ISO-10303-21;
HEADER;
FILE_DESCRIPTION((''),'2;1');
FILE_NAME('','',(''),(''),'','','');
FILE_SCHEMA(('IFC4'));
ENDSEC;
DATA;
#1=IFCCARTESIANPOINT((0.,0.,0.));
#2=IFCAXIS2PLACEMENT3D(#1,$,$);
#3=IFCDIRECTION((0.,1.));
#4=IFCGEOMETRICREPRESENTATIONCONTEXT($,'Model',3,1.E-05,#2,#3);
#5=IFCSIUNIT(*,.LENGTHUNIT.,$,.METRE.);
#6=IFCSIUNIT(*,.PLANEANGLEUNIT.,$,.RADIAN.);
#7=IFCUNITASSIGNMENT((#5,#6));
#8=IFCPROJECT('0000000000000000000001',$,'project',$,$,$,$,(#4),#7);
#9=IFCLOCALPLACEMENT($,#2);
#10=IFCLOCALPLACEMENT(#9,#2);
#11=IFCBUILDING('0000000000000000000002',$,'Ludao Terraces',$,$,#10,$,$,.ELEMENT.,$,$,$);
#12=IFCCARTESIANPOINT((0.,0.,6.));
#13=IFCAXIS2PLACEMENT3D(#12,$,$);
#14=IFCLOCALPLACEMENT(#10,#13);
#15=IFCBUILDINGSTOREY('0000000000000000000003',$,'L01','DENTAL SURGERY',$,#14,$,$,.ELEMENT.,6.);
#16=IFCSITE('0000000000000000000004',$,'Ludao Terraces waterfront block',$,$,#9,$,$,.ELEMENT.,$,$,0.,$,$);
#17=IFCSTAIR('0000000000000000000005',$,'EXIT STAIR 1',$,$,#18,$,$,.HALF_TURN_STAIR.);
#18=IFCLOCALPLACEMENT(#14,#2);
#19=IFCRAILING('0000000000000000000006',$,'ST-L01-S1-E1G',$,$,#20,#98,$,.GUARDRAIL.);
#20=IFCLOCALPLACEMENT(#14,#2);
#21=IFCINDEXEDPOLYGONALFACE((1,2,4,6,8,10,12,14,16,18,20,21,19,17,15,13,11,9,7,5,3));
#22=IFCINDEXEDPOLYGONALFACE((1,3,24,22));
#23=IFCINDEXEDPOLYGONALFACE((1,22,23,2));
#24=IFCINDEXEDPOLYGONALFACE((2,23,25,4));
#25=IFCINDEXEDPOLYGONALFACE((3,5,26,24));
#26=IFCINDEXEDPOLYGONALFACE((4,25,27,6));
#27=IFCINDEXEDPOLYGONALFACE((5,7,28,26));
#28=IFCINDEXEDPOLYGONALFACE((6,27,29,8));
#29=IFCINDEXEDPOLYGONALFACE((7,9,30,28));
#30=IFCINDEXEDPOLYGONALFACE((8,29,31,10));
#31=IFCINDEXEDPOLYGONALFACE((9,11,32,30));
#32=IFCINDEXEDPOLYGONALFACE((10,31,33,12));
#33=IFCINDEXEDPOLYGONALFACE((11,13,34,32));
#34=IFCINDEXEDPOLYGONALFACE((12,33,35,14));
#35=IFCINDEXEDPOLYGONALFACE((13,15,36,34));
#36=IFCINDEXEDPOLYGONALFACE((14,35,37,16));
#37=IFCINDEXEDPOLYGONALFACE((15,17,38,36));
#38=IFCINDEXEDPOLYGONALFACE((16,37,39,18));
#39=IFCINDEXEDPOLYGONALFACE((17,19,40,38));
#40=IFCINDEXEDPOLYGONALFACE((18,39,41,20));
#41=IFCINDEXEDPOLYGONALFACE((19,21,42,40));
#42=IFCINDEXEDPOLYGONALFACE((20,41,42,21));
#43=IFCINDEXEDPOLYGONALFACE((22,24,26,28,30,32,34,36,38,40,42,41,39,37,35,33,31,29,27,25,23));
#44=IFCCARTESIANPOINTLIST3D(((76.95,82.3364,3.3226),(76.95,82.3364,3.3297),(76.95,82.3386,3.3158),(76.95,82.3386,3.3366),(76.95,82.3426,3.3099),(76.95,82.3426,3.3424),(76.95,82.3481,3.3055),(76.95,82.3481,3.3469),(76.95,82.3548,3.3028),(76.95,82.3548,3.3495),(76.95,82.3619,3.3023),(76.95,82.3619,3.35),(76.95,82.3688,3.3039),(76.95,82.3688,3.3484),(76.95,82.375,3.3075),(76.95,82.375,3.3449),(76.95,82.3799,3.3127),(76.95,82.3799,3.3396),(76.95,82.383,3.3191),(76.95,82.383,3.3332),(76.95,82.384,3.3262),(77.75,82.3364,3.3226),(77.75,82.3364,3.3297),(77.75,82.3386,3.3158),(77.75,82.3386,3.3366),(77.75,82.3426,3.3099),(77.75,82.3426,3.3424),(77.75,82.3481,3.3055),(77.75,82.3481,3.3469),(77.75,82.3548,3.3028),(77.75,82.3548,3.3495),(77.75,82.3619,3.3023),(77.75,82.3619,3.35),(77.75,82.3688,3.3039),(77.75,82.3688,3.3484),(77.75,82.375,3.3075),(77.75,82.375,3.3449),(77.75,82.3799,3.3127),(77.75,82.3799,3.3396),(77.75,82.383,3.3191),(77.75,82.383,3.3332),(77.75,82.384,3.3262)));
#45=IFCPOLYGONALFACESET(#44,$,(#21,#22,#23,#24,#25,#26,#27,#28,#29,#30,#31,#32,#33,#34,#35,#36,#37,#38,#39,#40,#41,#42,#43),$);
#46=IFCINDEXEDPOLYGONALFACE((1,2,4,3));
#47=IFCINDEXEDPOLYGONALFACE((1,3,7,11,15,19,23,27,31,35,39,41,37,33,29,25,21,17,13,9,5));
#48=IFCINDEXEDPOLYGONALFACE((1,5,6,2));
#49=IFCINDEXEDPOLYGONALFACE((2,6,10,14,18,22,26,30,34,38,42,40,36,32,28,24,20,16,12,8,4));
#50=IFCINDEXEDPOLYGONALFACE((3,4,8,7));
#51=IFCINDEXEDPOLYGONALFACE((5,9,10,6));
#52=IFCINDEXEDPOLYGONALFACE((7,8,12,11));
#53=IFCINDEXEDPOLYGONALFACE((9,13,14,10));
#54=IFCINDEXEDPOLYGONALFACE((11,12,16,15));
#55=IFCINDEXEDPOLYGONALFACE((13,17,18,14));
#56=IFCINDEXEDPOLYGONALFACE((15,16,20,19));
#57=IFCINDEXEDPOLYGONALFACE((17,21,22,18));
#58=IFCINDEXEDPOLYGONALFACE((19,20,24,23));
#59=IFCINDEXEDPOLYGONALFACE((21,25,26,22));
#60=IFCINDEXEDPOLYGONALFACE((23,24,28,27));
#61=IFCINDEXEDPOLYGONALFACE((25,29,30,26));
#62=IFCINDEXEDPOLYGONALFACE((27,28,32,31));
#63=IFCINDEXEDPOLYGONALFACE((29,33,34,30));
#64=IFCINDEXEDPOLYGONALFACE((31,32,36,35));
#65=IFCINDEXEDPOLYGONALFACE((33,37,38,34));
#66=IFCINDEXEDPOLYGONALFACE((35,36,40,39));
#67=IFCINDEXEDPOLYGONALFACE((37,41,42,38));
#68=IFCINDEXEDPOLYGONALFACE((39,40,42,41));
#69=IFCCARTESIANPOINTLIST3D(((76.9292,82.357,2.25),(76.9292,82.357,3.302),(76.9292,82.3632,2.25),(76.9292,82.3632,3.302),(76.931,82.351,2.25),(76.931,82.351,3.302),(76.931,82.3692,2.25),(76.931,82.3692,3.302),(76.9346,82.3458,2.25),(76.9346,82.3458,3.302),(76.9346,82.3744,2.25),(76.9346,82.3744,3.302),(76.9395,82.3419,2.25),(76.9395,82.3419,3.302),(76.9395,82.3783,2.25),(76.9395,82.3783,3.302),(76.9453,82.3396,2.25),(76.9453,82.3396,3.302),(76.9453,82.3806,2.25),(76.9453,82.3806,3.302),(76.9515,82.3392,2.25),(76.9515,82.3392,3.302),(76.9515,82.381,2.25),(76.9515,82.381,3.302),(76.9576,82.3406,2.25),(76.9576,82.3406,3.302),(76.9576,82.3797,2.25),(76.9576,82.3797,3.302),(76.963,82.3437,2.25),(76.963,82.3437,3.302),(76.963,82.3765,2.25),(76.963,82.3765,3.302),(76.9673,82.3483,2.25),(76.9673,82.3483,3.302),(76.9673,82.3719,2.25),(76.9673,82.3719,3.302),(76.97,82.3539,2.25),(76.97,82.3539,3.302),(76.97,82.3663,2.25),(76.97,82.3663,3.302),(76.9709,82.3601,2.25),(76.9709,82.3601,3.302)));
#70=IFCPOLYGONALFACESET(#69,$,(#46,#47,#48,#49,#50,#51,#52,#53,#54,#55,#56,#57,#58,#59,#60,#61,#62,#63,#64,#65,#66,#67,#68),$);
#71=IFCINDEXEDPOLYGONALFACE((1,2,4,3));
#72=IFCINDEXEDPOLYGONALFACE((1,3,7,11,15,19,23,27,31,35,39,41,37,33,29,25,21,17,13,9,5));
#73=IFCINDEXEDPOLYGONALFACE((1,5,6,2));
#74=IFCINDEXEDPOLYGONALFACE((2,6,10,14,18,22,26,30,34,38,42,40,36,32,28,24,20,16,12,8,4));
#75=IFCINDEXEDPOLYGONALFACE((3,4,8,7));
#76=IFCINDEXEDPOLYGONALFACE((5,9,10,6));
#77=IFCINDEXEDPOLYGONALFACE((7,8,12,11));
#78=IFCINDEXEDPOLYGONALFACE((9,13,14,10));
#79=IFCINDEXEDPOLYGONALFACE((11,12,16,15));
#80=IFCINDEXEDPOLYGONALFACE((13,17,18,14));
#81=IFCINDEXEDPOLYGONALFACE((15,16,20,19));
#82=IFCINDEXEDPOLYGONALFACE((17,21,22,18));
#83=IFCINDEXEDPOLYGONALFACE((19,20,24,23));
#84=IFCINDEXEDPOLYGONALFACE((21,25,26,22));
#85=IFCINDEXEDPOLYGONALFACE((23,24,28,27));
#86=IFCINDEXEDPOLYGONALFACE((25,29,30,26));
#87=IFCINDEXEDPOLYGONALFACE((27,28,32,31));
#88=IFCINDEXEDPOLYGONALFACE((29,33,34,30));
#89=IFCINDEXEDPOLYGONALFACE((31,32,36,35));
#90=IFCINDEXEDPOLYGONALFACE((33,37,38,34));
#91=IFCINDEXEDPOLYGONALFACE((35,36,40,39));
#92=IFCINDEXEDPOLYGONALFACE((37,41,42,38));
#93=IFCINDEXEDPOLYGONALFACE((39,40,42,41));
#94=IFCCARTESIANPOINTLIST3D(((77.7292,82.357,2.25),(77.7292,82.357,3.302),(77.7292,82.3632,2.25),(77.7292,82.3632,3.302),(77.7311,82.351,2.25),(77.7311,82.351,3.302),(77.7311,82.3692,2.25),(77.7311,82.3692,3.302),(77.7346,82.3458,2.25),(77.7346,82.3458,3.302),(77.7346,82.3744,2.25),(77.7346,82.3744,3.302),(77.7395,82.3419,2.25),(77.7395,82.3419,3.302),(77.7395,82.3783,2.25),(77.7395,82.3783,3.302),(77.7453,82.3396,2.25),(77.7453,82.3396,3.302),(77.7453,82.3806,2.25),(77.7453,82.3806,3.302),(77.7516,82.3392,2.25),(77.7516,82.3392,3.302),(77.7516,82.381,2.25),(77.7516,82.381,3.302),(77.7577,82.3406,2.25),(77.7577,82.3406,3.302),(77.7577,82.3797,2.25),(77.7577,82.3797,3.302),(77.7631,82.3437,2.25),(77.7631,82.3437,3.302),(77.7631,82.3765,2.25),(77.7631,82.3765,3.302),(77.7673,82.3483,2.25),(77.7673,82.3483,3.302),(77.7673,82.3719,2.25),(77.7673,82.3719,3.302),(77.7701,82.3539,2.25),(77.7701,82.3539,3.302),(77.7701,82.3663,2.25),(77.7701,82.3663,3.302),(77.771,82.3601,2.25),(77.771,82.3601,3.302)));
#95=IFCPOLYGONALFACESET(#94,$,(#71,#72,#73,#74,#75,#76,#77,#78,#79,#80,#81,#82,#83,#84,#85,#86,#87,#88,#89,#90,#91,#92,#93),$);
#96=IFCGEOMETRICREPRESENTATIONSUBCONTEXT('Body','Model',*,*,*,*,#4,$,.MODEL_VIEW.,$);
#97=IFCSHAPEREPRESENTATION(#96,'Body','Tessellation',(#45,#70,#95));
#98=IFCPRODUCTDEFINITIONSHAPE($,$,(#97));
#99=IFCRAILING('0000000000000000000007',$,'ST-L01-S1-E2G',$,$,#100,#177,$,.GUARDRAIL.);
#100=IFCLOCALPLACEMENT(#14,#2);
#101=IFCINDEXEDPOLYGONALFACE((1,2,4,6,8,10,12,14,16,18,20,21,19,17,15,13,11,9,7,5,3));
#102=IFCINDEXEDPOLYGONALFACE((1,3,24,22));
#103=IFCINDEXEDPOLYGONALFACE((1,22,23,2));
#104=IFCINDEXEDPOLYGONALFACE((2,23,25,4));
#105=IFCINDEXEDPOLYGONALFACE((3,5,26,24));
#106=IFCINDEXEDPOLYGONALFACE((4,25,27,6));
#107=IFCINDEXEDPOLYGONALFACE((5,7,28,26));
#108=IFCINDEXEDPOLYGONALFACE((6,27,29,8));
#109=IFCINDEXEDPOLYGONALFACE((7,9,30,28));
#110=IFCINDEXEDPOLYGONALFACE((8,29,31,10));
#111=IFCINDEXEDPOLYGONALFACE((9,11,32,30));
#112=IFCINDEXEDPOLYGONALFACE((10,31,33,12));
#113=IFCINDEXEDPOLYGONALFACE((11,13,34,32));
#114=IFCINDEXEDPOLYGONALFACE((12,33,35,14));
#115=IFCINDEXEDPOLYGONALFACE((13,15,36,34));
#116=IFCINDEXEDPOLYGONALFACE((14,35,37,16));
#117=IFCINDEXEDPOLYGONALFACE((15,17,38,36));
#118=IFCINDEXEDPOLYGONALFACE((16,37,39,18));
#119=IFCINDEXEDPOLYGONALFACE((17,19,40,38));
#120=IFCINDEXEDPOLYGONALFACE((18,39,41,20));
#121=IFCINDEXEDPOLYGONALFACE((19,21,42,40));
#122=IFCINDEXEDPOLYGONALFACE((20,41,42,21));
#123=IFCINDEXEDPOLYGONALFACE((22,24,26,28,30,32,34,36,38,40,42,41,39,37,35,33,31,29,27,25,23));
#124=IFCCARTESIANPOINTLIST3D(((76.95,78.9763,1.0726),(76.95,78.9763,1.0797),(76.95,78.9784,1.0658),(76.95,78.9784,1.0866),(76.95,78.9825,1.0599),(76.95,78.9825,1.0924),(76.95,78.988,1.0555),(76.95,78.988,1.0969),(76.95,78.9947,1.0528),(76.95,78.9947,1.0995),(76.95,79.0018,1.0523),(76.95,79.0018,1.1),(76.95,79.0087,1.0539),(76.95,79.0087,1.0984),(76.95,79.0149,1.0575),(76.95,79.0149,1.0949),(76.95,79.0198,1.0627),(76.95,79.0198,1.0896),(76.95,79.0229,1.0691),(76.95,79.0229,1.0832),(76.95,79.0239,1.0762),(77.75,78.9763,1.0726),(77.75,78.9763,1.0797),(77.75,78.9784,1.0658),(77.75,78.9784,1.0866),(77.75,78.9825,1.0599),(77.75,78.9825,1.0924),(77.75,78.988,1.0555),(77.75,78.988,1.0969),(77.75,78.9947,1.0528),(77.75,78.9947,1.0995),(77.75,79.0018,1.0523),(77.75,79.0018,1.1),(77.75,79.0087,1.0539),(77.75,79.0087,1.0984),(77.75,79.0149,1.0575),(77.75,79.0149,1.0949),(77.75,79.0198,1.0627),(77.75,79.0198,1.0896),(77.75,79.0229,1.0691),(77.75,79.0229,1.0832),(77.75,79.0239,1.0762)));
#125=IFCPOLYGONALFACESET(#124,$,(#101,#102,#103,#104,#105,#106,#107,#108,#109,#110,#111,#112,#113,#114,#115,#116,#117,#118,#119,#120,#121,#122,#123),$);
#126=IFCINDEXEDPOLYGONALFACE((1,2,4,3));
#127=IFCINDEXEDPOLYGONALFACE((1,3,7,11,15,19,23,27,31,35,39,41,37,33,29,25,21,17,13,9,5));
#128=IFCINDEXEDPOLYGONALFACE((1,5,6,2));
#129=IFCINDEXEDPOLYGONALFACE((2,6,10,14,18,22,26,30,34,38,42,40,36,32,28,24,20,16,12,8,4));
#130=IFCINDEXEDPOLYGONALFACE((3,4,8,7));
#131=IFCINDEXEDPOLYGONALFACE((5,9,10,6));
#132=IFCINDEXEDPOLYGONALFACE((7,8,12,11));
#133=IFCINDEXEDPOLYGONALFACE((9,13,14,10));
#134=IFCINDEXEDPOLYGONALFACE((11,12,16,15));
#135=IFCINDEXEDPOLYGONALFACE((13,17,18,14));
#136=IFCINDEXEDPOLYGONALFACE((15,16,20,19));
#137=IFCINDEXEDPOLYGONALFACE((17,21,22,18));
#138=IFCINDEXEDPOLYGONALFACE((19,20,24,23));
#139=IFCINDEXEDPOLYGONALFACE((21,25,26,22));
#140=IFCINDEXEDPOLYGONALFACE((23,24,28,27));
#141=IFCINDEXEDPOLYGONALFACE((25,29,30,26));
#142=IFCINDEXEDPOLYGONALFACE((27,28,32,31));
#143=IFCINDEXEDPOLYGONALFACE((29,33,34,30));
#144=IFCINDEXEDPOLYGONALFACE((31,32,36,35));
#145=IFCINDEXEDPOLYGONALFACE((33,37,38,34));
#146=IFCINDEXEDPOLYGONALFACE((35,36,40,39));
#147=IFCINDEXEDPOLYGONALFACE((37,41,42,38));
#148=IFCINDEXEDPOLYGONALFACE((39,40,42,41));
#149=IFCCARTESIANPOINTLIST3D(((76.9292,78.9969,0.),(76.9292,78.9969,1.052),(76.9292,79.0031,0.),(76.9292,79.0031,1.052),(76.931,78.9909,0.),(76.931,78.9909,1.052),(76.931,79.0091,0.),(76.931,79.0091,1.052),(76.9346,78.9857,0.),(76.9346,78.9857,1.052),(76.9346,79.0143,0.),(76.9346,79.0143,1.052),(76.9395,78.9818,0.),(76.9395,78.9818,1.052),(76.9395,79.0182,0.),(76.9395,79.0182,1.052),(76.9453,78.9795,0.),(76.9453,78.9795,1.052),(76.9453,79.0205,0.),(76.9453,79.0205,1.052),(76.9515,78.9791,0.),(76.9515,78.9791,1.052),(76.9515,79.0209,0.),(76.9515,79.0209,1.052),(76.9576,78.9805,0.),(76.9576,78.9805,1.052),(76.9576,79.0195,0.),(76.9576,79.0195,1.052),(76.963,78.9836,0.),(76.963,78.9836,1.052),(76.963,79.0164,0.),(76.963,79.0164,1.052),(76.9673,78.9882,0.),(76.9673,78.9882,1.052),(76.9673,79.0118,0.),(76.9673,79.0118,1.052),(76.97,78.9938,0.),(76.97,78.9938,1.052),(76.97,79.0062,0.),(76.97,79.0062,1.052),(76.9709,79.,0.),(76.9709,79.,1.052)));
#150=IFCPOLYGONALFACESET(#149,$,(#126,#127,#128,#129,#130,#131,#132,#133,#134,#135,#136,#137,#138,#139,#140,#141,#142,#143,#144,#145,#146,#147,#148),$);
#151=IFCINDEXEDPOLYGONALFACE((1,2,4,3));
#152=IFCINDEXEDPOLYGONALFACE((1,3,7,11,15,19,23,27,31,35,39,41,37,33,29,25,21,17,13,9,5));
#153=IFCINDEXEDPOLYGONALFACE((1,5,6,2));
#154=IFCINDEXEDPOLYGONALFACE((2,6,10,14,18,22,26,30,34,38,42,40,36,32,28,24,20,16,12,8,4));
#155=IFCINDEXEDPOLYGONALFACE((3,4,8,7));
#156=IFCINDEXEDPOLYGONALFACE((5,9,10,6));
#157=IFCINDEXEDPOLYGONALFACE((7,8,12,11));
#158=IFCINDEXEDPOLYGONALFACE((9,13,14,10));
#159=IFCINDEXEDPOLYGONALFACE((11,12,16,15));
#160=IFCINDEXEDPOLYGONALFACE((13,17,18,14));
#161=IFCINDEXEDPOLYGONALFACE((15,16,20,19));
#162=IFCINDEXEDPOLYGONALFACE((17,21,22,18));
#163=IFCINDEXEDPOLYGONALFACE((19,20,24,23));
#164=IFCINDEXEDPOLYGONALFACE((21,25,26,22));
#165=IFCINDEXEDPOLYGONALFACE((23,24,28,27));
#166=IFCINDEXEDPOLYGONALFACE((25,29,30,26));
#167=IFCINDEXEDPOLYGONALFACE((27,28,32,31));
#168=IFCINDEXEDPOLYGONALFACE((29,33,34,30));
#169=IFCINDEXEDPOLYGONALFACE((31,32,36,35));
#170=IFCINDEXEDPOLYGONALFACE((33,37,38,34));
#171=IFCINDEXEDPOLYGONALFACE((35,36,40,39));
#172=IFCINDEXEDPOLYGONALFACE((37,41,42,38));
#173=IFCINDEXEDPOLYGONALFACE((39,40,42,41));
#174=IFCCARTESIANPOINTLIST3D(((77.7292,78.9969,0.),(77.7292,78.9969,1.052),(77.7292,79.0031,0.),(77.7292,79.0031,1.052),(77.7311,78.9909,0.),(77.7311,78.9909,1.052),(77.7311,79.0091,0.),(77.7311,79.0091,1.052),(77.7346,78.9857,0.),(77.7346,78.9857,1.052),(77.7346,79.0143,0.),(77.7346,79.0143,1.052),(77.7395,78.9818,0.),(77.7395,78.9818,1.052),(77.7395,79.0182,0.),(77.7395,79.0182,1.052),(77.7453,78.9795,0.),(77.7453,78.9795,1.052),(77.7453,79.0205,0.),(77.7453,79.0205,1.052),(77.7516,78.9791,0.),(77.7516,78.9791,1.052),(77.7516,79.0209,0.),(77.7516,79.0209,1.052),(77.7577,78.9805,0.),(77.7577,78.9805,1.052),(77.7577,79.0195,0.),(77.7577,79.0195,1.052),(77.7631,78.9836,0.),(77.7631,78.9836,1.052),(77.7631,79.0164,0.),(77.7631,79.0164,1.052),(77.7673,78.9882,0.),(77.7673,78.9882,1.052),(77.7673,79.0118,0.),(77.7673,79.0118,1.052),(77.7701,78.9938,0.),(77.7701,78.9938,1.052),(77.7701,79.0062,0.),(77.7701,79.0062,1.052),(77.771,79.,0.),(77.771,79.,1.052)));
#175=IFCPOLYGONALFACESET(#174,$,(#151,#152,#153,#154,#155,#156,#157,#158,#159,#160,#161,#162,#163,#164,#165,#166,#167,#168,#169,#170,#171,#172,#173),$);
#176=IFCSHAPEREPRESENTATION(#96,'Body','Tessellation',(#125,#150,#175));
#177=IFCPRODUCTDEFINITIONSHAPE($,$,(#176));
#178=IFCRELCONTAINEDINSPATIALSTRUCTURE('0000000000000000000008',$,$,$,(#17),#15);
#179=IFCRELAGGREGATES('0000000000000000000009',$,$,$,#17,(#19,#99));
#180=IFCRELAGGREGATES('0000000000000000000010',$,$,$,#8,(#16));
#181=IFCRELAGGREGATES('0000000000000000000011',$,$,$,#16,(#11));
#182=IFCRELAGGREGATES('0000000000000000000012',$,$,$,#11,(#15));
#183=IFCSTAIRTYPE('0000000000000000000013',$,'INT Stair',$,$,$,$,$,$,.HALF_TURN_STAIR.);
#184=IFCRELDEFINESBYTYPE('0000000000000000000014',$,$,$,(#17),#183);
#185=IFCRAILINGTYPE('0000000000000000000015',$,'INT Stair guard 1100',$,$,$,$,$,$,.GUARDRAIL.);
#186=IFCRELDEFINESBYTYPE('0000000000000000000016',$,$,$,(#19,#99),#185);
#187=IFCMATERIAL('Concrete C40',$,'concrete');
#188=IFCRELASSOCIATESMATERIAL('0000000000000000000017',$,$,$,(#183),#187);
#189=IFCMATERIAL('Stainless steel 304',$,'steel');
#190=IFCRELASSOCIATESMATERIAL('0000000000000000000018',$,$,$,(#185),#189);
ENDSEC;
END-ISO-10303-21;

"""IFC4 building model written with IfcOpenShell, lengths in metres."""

from ifc_helpers import new_model, si_unit, direction, frame, origin, origin_2d, place, context, subcontext, project, spatial, circle, extrude, material, type_object, element, aggregate, save


model = new_model("IFC4")

# Units and contexts
model_context = context("Model", 3, precision=1e-05, world=origin(), true_north=direction((0.0, 1.0)))
body_context = subcontext(model_context, "Body", "Model", "MODEL_VIEW")
ifc_project = project(units=[si_unit("LENGTHUNIT", "METRE"), si_unit("PLANEANGLEUNIT", "RADIAN")], contexts=[model_context])

# Site, building, storey
site_placement = place(None, origin())
site = spatial("IfcSite", under=ifc_project, at=site_placement, Name="Ludao Terraces waterfront block", CompositionType="ELEMENT", RefElevation=0.0)
building_placement = place(site_placement, origin())
building = spatial("IfcBuilding", under=site, at=building_placement, Name="Ludao Terraces", CompositionType="ELEMENT")
storey_placement = place(building_placement, frame((0.0, 0.0, 6.0)))
storey = spatial("IfcBuildingStorey", under=building, at=storey_placement, Name="L01", Description="DENTAL SURGERY", CompositionType="ELEMENT", Elevation=6.0)

# Shared definitions
ifc_material_1 = material(Name="Concrete C40", Category="concrete")

# Stair, railings
stair_type = type_object("IfcStairType", Name="INT Stair", PredefinedType="HALF_TURN_STAIR", material=ifc_material_1)
stair_placement = place(storey_placement, origin())
stair = element("IfcStair", 1, at=stair_placement, inside=storey, type_object=stair_type, Name="EXIT STAIR 1", PredefinedType="HALF_TURN_STAIR")
ifc_material_2 = material(Name="Stainless steel 304", Category="steel")
railing_type_1 = type_object("IfcRailingType", Name="INT Stair guard 1100", PredefinedType="GUARDRAIL", material=ifc_material_2)
railing_1_placement = place(storey_placement, frame((76.95, 82.3601, 2.25)))
railing_1 = element("IfcRailing", 2, at=railing_1_placement, type_object=railing_type_1, Name="ST-L01-S1-E1G", PredefinedType="GUARDRAIL", context=body_context, shape_type="SweptSolid", body=[
    extrude(circle(Radius=0.0239, at=origin_2d()), frame((0.0, 0.0, 1.0762), z_axis=(1.0, 0.0, 0.0), x_axis=(0.0, 1.0, 0.0)), (0.0, 0.0, 1.0), 0.8),
    extrude(circle(Radius=0.021, at=origin_2d()), origin(), (0.0, 0.0, 1.0), 1.052),
    extrude(circle(Radius=0.021, at=origin_2d()), frame((0.8, 0.0, 0.0)), (0.0, 0.0, 1.0), 1.052),
])
railing_2_placement = place(storey_placement, frame((76.95, 79.0, 0.0)))
railing_2 = element("IfcRailing", 3, at=railing_2_placement, type_object=railing_type_1, Name="ST-L01-S1-E2G", PredefinedType="GUARDRAIL", context=body_context, shape_type="SweptSolid", body=[
    extrude(circle(Radius=0.0239, at=origin_2d()), frame((0.0, 0.0, 1.0762), z_axis=(1.0, 0.0, 0.0), x_axis=(0.0, 1.0, 0.0)), (0.0, 0.0, 1.0), 0.8),
    extrude(circle(Radius=0.021, at=origin_2d()), origin(), (0.0, 0.0, 1.0), 1.052),
    extrude(circle(Radius=0.021, at=origin_2d()), frame((0.8, 0.0, 0.0)), (0.0, 0.0, 1.0), 1.052),
])
aggregate(stair, [railing_1, railing_2])

save(model, "model.ifc")
